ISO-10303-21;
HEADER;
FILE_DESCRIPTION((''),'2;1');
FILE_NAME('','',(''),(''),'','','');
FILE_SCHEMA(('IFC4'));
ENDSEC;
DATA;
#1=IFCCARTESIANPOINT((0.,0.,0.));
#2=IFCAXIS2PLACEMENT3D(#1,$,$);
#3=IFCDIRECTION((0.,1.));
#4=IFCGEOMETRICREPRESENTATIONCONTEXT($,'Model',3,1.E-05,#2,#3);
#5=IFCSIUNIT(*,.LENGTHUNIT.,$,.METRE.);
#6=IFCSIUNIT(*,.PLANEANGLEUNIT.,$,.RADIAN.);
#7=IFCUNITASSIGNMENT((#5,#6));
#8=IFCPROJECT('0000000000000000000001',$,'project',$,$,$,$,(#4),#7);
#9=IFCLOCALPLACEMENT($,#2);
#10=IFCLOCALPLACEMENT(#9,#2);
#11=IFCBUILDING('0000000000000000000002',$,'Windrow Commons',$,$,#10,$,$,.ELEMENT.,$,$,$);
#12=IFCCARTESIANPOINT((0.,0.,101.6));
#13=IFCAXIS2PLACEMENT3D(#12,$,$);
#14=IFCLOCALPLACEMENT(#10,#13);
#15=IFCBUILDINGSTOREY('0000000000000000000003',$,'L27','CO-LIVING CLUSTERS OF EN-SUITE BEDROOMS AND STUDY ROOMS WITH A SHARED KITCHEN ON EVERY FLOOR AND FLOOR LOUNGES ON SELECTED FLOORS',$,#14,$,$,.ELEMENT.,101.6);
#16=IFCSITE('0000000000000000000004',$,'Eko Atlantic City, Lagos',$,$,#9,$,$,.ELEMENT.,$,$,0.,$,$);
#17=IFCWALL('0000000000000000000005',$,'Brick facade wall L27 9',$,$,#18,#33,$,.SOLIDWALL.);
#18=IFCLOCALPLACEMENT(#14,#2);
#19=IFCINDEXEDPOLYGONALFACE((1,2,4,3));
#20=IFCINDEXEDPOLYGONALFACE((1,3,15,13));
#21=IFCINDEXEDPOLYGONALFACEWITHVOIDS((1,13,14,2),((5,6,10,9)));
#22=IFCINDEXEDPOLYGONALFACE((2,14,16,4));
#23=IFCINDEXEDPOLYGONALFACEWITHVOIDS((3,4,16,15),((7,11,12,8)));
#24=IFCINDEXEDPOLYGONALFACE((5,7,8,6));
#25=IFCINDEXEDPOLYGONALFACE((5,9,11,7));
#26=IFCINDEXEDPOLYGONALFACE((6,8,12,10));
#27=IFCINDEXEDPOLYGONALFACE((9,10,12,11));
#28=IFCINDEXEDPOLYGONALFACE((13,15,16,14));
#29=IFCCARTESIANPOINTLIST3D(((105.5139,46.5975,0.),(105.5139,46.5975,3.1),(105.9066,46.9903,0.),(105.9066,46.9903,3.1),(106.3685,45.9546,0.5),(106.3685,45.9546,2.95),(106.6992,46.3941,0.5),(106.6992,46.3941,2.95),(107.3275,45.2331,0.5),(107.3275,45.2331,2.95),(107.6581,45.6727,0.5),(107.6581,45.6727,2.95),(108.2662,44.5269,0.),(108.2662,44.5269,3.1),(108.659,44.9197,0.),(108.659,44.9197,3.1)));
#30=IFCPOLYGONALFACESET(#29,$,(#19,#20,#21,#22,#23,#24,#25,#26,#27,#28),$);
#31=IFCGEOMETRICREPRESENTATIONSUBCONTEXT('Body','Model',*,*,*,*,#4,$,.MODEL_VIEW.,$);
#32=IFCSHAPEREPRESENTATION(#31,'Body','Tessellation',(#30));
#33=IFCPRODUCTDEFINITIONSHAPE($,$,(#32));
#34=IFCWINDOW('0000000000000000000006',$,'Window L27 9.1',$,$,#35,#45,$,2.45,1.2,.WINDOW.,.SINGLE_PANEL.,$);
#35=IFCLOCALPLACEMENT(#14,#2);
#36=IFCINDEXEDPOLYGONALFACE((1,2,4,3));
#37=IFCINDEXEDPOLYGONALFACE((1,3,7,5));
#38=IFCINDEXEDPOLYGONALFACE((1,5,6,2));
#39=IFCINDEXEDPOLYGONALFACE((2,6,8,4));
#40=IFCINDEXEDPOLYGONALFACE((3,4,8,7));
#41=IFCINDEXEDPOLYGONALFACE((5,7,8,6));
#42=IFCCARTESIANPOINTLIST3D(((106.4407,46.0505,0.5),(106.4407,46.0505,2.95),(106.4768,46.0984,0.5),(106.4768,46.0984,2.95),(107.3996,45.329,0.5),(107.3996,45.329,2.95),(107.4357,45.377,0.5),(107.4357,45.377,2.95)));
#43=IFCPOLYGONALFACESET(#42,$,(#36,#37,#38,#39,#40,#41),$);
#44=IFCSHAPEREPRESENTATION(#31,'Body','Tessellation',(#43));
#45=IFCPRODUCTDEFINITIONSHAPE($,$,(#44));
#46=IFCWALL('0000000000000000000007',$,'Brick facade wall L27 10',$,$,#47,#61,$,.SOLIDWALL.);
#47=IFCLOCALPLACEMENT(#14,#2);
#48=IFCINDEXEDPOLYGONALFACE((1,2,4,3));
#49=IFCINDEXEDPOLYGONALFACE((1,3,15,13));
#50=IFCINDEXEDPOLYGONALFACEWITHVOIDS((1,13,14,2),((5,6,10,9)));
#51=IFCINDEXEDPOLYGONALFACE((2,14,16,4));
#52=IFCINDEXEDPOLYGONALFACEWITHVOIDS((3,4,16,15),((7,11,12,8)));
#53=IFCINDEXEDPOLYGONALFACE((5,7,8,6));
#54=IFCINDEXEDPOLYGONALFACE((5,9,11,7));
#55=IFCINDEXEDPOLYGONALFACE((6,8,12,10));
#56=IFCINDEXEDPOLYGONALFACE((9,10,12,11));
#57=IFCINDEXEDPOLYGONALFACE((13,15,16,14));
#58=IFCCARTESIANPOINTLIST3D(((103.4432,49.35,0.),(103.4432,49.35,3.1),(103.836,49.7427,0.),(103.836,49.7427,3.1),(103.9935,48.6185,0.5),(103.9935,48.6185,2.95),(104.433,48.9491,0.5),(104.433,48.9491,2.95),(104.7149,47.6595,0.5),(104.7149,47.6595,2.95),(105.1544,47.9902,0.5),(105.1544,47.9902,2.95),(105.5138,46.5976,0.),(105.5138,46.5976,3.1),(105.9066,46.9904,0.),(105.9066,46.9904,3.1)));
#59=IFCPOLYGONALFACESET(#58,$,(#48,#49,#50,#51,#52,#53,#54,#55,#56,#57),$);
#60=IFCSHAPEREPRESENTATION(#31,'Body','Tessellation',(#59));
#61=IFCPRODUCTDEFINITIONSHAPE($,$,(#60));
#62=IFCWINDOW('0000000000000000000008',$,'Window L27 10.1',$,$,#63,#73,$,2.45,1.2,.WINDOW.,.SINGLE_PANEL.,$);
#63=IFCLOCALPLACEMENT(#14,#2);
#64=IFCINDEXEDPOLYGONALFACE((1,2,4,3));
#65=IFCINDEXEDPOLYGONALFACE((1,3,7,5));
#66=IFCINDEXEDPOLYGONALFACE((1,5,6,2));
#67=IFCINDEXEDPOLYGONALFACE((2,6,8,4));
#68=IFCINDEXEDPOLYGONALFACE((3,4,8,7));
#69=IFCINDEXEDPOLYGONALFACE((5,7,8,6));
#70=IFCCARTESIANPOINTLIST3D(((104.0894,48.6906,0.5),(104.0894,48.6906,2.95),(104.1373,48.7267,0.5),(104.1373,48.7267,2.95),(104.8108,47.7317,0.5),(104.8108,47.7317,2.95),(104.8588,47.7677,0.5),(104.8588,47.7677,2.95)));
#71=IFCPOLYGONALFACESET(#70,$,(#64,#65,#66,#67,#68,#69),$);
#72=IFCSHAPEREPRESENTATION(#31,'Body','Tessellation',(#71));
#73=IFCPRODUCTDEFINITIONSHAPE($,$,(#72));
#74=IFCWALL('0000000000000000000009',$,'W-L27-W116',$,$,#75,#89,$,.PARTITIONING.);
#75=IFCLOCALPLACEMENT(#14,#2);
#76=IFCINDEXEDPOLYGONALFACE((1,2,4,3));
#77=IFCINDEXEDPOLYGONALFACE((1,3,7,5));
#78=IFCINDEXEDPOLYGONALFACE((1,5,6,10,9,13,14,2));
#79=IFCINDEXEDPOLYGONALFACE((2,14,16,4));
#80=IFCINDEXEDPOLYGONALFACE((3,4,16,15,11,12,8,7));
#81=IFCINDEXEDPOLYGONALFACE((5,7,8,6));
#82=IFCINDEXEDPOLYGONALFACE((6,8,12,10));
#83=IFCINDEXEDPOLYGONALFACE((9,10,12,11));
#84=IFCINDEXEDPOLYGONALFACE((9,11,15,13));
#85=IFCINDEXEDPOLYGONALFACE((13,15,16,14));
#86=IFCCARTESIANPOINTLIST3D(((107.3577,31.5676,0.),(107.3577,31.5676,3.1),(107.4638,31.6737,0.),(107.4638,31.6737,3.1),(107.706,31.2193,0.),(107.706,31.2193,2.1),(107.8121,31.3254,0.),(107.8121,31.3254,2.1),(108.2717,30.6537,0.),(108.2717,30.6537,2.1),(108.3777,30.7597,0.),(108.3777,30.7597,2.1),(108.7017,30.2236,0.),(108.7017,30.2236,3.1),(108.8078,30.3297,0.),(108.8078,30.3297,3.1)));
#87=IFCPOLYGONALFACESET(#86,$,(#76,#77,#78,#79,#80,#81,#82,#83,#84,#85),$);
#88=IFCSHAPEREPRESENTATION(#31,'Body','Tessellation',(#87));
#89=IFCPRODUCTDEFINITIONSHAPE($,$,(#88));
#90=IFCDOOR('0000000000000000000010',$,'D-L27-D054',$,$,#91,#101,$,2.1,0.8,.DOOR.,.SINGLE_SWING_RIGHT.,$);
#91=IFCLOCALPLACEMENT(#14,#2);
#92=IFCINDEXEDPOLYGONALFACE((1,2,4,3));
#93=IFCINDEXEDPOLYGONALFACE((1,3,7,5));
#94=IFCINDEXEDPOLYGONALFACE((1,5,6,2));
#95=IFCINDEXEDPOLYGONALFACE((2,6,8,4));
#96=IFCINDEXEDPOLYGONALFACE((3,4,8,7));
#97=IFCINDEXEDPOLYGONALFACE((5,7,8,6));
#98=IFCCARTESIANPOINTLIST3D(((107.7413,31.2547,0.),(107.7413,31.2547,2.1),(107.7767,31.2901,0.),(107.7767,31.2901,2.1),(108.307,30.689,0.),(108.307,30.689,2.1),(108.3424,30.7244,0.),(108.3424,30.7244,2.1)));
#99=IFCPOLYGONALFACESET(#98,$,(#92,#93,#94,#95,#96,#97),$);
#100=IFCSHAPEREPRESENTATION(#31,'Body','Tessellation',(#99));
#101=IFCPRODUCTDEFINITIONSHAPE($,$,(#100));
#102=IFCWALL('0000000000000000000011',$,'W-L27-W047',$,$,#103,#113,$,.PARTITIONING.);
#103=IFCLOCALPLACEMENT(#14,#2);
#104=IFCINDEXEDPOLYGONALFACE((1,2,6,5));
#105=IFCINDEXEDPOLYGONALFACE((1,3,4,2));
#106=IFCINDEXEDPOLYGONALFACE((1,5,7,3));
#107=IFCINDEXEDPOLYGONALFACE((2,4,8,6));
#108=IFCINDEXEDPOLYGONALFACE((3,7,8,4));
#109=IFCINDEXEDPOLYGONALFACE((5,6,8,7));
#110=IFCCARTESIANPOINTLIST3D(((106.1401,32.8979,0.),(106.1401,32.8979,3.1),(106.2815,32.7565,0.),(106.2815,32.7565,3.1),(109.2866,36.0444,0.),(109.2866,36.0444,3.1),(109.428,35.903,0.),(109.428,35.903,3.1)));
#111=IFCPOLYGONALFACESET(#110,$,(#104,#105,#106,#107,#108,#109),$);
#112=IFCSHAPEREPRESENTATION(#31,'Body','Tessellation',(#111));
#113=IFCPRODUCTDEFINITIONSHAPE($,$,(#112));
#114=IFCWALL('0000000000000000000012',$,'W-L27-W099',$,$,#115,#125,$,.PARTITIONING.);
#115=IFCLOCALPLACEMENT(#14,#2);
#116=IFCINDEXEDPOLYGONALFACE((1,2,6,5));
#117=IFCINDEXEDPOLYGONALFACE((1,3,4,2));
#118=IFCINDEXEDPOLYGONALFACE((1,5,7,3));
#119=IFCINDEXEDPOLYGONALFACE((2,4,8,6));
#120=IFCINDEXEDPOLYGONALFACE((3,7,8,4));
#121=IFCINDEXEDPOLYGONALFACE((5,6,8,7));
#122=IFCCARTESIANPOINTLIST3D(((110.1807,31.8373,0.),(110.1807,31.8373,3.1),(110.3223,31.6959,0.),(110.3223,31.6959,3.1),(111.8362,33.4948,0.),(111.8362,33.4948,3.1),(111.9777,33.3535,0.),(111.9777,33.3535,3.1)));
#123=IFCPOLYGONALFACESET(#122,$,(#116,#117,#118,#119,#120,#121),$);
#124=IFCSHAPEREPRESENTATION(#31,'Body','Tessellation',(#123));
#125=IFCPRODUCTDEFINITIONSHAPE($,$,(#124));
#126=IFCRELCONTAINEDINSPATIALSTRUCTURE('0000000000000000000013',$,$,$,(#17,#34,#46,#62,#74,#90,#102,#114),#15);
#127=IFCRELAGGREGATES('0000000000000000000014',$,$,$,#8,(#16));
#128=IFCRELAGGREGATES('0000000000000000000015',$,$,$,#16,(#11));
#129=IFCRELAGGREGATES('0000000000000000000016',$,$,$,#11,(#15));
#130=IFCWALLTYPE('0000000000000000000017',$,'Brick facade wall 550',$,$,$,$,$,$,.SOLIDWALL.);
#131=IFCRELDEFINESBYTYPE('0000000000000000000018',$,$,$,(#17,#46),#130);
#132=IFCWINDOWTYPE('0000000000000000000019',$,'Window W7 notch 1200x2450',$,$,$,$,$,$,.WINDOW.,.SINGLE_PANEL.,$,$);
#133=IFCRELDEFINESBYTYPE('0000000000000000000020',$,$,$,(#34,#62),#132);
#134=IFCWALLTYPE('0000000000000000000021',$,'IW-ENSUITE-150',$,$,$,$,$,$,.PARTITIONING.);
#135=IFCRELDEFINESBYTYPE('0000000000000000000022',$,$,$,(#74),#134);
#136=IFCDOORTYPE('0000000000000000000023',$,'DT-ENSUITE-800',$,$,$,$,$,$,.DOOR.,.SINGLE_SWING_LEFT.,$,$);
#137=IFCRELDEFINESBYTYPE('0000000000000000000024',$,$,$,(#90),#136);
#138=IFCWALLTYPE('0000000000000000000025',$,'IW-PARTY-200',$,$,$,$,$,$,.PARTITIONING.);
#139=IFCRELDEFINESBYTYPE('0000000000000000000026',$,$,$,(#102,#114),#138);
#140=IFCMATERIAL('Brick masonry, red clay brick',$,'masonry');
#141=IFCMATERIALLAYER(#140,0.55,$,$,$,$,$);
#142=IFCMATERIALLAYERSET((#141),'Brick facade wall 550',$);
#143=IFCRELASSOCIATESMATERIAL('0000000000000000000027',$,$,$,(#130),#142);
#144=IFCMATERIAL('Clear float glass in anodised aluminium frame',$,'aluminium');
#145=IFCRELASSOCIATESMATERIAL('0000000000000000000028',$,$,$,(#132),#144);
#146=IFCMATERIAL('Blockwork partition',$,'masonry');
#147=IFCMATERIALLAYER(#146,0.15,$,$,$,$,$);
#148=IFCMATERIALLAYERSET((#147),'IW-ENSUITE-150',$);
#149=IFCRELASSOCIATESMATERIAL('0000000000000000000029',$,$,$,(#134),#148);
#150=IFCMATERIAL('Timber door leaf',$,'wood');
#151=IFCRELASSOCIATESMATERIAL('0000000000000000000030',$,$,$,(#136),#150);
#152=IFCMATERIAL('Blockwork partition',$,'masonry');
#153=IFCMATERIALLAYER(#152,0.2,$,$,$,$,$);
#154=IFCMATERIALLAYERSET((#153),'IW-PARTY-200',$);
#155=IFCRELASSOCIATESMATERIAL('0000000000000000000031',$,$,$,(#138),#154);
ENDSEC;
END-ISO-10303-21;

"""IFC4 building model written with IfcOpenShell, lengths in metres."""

from ifc_helpers import new_model, si_unit, direction, frame, frame_2d, origin, place, context, subcontext, project, spatial, polyline, rectangle, outline, extrude, material, layer, layer_set, type_object, element, fill, save


model = new_model("IFC4")

# Units and contexts
model_context = context("Model", 3, precision=1e-05, world=origin(), true_north=direction((0.0, 1.0)))
body_context = subcontext(model_context, "Body", "Model", "MODEL_VIEW")
ifc_project = project(units=[si_unit("LENGTHUNIT", "METRE"), si_unit("PLANEANGLEUNIT", "RADIAN")], contexts=[model_context])

# Site, building, storey
site_placement = place(None, origin())
site = spatial("IfcSite", under=ifc_project, at=site_placement, Name="Eko Atlantic City, Lagos", CompositionType="ELEMENT", RefElevation=0.0)
building_placement = place(site_placement, origin())
building = spatial("IfcBuilding", under=site, at=building_placement, Name="Windrow Commons", CompositionType="ELEMENT")
storey_placement = place(building_placement, frame((0.0, 0.0, 101.6)))
storey = spatial("IfcBuildingStorey", under=building, at=storey_placement, Name="L27", Description="CO-LIVING CLUSTERS OF EN-SUITE BEDROOMS AND STUDY ROOMS WITH A SHARED KITCHEN ON EVERY FLOOR AND FLOOR LOUNGES ON SELECTED FLOORS", CompositionType="ELEMENT", Elevation=101.6)

# Walls, openings, windows
ifc_material_1 = material(Name="Brick masonry, red clay brick", Category="masonry")
ifc_layer_1 = layer(ifc_material_1, 0.55)
ifc_layer_set_1 = layer_set([ifc_layer_1], Name="Brick facade wall 550")
wall_type_1 = type_object("IfcWallType", Name="Brick facade wall 550", PredefinedType="SOLIDWALL", material=ifc_layer_set_1)
ifc_material_2 = material(Name="Clear float glass in anodised aluminium frame", Category="aluminium")
window_type_1 = type_object("IfcWindowType", Name="Window W7 notch 1200x2450", PartitioningType="SINGLE_PANEL", PredefinedType="WINDOW", material=ifc_material_2)
wall_1_placement = place(storey_placement, frame((108.4626, 44.7233, 0.0), z_axis=(0.0, 0.0, 1.0), x_axis=(-0.799107, 0.601189, 0.0)))
wall_1 = element("IfcWall", 1, at=wall_1_placement, inside=storey, type_object=wall_type_1, Name="Brick facade wall L27 9", PredefinedType="SOLIDWALL", context=body_context, shape_type="SweptSolid", body=[
    extrude(outline(polyline([(-0.0389, -0.275), (3.4054, -0.275), (3.4831, 0.275), (0.0389, 0.275), (-0.0389, -0.275)])), origin(), (0.0, 0.0, 1.0), 3.1),
])
opening_1_placement = place(wall_1_placement, frame((1.2136, 0.0, 0.5)))
opening_1 = element("IfcOpeningElement", 2, at=opening_1_placement, cuts=wall_1, PredefinedType="OPENING", context=body_context, shape_type="SweptSolid", body=[
    extrude(rectangle(XDim=1.2, YDim=2.45, at=frame_2d((0.6, 1.225))), frame((0.0, 0.285, 0.0), z_axis=(0.0, -1.0, 0.0), x_axis=(1.0, 0.0, 0.0)), (0.0, 0.0, 1.0), 0.57),
])
window_1_placement = place(opening_1_placement, origin())
window_1 = element("IfcWindow", 3, at=window_1_placement, inside=storey, type_object=window_type_1, Name="Window L27 9.1", OverallHeight=2.45, OverallWidth=1.2, PartitioningType="SINGLE_PANEL", PredefinedType="WINDOW", context=body_context, shape_type="SweptSolid", body=[
    extrude(rectangle(XDim=1.2, YDim=2.45, at=frame_2d((0.6, 1.225))), frame((0.0, 0.155, 0.0), z_axis=(0.0, -1.0, 0.0), x_axis=(1.0, 0.0, 0.0)), (0.0, 0.0, 1.0), 0.06),
])
fill(opening_1, window_1)
wall_2_placement = place(storey_placement, frame((105.7102, 46.794, 0.0), z_axis=(0.0, 0.0, 1.0), x_axis=(-0.601184, 0.799111, 0.0)))
wall_2 = element("IfcWall", 4, at=wall_2_placement, inside=storey, type_object=wall_type_1, Name="Brick facade wall L27 10", PredefinedType="SOLIDWALL", context=body_context, shape_type="SweptSolid", body=[
    extrude(outline(polyline([(0.0389, -0.275), (3.4831, -0.275), (3.4054, 0.275), (-0.0389, 0.275), (0.0389, -0.275)])), origin(), (0.0, 0.0, 1.0), 3.1),
])
opening_2_placement = place(wall_2_placement, frame((1.29, 0.0, 0.5)))
opening_2 = element("IfcOpeningElement", 5, at=opening_2_placement, cuts=wall_2, PredefinedType="OPENING", context=body_context, shape_type="SweptSolid", body=[
    extrude(rectangle(XDim=1.2, YDim=2.45, at=frame_2d((0.6, 1.225))), frame((0.0, 0.285, 0.0), z_axis=(0.0, -1.0, 0.0), x_axis=(1.0, 0.0, 0.0)), (0.0, 0.0, 1.0), 0.57),
])
window_2_placement = place(opening_2_placement, origin())
window_2 = element("IfcWindow", 6, at=window_2_placement, inside=storey, type_object=window_type_1, Name="Window L27 10.1", OverallHeight=2.45, OverallWidth=1.2, PartitioningType="SINGLE_PANEL", PredefinedType="WINDOW", context=body_context, shape_type="SweptSolid", body=[
    extrude(rectangle(XDim=1.2, YDim=2.45, at=frame_2d((0.6, 1.225))), frame((0.0, 0.155, 0.0), z_axis=(0.0, -1.0, 0.0), x_axis=(1.0, 0.0, 0.0)), (0.0, 0.0, 1.0), 0.06),
])
fill(opening_2, window_2)

# Wall, opening, door
ifc_material_3 = material(Name="Blockwork partition", Category="masonry")
ifc_layer_2 = layer(ifc_material_3, 0.15)
ifc_layer_set_2 = layer_set([ifc_layer_2], Name="IW-ENSUITE-150")
wall_type_2 = type_object("IfcWallType", Name="IW-ENSUITE-150", PredefinedType="PARTITIONING", material=ifc_layer_set_2)
wall_3_placement = place(storey_placement, frame((107.4107, 31.6207, 0.0), z_axis=(0.0, 0.0, 1.0), x_axis=(0.707107, -0.707107, 0.0)))
wall_3 = element("IfcWall", 7, at=wall_3_placement, inside=storey, type_object=wall_type_2, Name="W-L27-W116", PredefinedType="PARTITIONING", context=body_context, shape_type="SweptSolid", body=[
    extrude(rectangle(XDim=1.9007, YDim=0.15, at=frame_2d((0.9504, 0.0))), origin(), (0.0, 0.0, 1.0), 3.1),
])
opening_3_placement = place(wall_3_placement, frame((0.4926, 0.0, 0.0)))
opening_3 = element("IfcOpeningElement", 8, at=opening_3_placement, cuts=wall_3, PredefinedType="OPENING", context=body_context, shape_type="SweptSolid", body=[
    extrude(rectangle(XDim=0.8, YDim=2.1, at=frame_2d((0.4, 1.05))), frame((0.0, 0.085, 0.0), z_axis=(0.0, -1.0, 0.0), x_axis=(1.0, 0.0, 0.0)), (0.0, 0.0, 1.0), 0.17),
])
ifc_material_4 = material(Name="Timber door leaf", Category="wood")
door_type = type_object("IfcDoorType", Name="DT-ENSUITE-800", OperationType="SINGLE_SWING_LEFT", PredefinedType="DOOR", material=ifc_material_4)
door_placement = place(opening_3_placement, origin())
door = element("IfcDoor", 9, at=door_placement, inside=storey, type_object=door_type, Name="D-L27-D054", OperationType="SINGLE_SWING_RIGHT", OverallHeight=2.1, OverallWidth=0.8, PredefinedType="DOOR", context=body_context, shape_type="SweptSolid", body=[
    extrude(rectangle(XDim=0.8, YDim=2.1, at=frame_2d((0.4, 1.05))), frame((0.0, 0.025, 0.0), z_axis=(0.0, -1.0, 0.0), x_axis=(1.0, 0.0, 0.0)), (0.0, 0.0, 1.0), 0.05),
])
fill(opening_3, door)

# Walls
ifc_material_5 = material(Name="Blockwork partition", Category="masonry")
ifc_layer_3 = layer(ifc_material_5, 0.2)
ifc_layer_set_3 = layer_set([ifc_layer_3], Name="IW-PARTY-200")
wall_type_3 = type_object("IfcWallType", Name="IW-PARTY-200", PredefinedType="PARTITIONING", material=ifc_layer_set_3)
wall_4_placement = place(storey_placement, frame((106.2108, 32.8272, 0.0), z_axis=(0.0, 0.0, 1.0), x_axis=(0.707107, 0.707107, 0.0)))
element("IfcWall", 10, at=wall_4_placement, inside=storey, type_object=wall_type_3, Name="W-L27-W047", PredefinedType="PARTITIONING", context=body_context, shape_type="SweptSolid", body=[
    extrude(rectangle(XDim=4.4498, YDim=0.2, at=frame_2d((2.2249, 0.0))), origin(), (0.0, 0.0, 1.0), 3.1),
])
wall_5_placement = place(storey_placement, frame((110.2515, 31.7666, 0.0), z_axis=(0.0, 0.0, 1.0), x_axis=(0.706658, 0.707555, 0.0)))
element("IfcWall", 11, at=wall_5_placement, inside=storey, type_object=wall_type_3, Name="W-L27-W099", PredefinedType="PARTITIONING", context=body_context, shape_type="SweptSolid", body=[
    extrude(rectangle(XDim=2.3426, YDim=0.2, at=frame_2d((1.1713, 0.0))), origin(), (0.0, 0.0, 1.0), 3.1),
])

save(model, "model.ifc")
